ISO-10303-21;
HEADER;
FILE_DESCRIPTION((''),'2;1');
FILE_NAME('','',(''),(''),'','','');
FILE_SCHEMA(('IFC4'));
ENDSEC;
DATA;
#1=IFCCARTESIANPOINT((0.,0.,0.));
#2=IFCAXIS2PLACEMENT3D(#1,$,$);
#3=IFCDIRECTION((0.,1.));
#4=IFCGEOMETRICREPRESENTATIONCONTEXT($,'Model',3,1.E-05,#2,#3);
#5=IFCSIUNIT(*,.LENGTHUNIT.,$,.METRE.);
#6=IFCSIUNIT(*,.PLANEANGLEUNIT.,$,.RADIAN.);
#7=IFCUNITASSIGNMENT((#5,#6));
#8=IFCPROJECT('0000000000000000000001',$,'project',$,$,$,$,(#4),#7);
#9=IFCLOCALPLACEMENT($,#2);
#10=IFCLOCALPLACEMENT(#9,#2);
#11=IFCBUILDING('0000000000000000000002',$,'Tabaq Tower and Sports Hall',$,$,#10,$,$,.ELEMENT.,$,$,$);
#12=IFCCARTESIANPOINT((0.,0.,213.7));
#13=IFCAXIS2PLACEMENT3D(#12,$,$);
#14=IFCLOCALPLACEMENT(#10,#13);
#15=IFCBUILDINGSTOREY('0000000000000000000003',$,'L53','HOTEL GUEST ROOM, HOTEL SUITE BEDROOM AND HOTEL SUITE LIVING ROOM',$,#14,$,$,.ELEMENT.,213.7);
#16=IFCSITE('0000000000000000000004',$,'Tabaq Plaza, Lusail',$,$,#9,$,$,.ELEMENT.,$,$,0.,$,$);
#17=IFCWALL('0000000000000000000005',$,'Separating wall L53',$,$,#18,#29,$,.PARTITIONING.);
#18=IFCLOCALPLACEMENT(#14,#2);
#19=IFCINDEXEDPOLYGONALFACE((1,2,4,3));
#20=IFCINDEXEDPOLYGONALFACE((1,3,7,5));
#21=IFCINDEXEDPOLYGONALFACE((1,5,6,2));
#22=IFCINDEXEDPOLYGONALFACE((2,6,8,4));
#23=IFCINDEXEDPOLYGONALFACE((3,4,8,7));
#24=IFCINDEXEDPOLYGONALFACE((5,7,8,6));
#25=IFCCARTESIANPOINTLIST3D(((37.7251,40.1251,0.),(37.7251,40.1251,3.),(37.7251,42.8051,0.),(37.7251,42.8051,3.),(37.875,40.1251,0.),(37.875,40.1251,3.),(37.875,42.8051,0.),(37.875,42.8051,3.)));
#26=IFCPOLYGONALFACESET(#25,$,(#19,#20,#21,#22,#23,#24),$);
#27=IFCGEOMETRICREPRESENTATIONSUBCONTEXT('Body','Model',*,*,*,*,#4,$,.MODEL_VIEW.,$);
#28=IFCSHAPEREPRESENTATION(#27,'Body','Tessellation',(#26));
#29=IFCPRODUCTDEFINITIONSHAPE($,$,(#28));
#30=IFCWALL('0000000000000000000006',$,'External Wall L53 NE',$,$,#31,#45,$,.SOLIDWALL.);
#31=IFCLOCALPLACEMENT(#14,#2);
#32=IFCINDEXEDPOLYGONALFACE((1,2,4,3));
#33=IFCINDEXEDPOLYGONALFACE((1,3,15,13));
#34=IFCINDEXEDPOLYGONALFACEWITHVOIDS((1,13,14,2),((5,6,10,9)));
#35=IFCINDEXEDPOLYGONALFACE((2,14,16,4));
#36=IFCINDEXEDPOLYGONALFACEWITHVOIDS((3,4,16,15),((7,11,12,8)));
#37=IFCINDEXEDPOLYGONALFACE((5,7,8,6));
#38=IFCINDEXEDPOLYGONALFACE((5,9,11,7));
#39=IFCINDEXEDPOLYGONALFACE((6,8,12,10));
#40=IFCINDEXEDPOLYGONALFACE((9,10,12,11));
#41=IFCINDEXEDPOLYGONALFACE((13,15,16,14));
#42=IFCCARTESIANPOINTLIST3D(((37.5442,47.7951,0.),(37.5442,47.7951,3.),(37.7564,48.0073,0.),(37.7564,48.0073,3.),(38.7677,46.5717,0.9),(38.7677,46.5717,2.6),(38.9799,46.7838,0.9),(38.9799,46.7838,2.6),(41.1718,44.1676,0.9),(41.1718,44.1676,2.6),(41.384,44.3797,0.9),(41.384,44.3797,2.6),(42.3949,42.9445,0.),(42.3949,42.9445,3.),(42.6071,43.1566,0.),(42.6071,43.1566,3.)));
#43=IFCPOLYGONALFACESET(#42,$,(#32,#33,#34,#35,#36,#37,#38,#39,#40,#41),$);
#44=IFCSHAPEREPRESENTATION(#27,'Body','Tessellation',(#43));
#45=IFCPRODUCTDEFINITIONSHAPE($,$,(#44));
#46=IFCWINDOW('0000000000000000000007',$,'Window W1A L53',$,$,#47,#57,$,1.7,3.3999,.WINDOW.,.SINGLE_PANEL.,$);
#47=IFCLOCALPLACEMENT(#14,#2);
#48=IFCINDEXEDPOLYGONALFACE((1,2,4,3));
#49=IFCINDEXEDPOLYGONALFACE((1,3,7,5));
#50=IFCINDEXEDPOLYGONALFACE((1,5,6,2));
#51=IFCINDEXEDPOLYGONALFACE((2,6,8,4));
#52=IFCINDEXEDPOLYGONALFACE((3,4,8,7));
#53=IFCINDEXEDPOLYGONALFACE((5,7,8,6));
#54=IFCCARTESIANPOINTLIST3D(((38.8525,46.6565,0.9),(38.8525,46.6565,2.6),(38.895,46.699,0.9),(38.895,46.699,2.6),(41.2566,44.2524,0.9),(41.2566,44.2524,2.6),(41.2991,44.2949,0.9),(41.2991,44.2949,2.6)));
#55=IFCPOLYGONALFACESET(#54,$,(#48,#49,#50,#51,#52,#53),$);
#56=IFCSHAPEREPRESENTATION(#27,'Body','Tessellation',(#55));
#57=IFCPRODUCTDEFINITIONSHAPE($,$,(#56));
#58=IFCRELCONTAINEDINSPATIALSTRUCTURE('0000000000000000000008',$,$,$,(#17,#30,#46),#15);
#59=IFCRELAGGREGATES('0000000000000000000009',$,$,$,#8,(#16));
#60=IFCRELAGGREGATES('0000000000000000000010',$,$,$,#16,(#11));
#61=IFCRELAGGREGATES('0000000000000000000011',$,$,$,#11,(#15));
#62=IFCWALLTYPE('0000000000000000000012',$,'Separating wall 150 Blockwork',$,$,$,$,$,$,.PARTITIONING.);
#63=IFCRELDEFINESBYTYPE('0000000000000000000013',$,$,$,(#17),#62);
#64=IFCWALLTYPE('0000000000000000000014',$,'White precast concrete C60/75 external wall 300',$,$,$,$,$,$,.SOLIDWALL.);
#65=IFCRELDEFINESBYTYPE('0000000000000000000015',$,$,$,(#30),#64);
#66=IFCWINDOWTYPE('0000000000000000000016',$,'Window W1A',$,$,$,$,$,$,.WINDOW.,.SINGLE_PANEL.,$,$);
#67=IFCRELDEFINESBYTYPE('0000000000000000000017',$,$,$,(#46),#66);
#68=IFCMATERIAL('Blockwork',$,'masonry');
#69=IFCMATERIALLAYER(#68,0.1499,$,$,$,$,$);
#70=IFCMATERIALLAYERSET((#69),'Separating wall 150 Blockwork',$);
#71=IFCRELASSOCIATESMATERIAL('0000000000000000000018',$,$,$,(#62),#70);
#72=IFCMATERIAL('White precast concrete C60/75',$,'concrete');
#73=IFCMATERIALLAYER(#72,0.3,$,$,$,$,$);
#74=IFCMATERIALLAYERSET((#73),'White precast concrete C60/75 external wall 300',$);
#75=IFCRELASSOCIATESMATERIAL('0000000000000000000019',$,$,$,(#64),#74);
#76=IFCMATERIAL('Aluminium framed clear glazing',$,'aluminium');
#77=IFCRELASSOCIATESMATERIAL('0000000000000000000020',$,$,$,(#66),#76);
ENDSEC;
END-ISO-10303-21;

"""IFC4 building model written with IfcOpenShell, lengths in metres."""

from ifc_helpers import new_model, si_unit, direction, frame, frame_2d, origin, place, context, subcontext, project, spatial, rectangle, extrude, material, layer, layer_set, type_object, element, fill, save


model = new_model("IFC4")

# Units and contexts
model_context = context("Model", 3, precision=1e-05, world=origin(), true_north=direction((0.0, 1.0)))
body_context = subcontext(model_context, "Body", "Model", "MODEL_VIEW")
ifc_project = project(units=[si_unit("LENGTHUNIT", "METRE"), si_unit("PLANEANGLEUNIT", "RADIAN")], contexts=[model_context])

# Site, building, storey
site_placement = place(None, origin())
site = spatial("IfcSite", under=ifc_project, at=site_placement, Name="Tabaq Plaza, Lusail", CompositionType="ELEMENT", RefElevation=0.0)
building_placement = place(site_placement, origin())
building = spatial("IfcBuilding", under=site, at=building_placement, Name="Tabaq Tower and Sports Hall", CompositionType="ELEMENT")
storey_placement = place(building_placement, frame((0.0, 0.0, 213.7)))
storey = spatial("IfcBuildingStorey", under=building, at=storey_placement, Name="L53", Description="HOTEL GUEST ROOM, HOTEL SUITE BEDROOM AND HOTEL SUITE LIVING ROOM", CompositionType="ELEMENT", Elevation=213.7)

# Wall
ifc_material_1 = material(Name="Blockwork", Category="masonry")
ifc_layer_1 = layer(ifc_material_1, 0.1499)
ifc_layer_set_1 = layer_set([ifc_layer_1], Name="Separating wall 150 Blockwork")
wall_type_1 = type_object("IfcWallType", Name="Separating wall 150 Blockwork", PredefinedType="PARTITIONING", material=ifc_layer_set_1)
wall_1_placement = place(storey_placement, frame((37.8, 42.8049, 0.0), z_axis=(0.0, 0.0, 1.0), x_axis=(0.0, -1.0, 0.0)))
element("IfcWall", 1, at=wall_1_placement, inside=storey, type_object=wall_type_1, Name="Separating wall L53", PredefinedType="PARTITIONING", context=body_context, shape_type="SweptSolid", body=[
    extrude(rectangle(XDim=2.6799, YDim=0.1499, at=frame_2d((1.3398, 0.0))), origin(), (0.0, 0.0, 1.0), 3.0),
])

# Wall, opening, window
ifc_material_2 = material(Name="White precast concrete C60/75", Category="concrete")
ifc_layer_2 = layer(ifc_material_2, 0.3)
ifc_layer_set_2 = layer_set([ifc_layer_2], Name="White precast concrete C60/75 external wall 300")
wall_type_2 = type_object("IfcWallType", Name="White precast concrete C60/75 external wall 300", PredefinedType="SOLIDWALL", material=ifc_layer_set_2)
wall_2_placement = place(storey_placement, frame((42.501, 43.0505, 0.0), z_axis=(0.0, 0.0, 1.0), x_axis=(-0.707107, 0.707107, 0.0)))
wall_2 = element("IfcWall", 2, at=wall_2_placement, inside=storey, type_object=wall_type_2, Name="External Wall L53 NE", PredefinedType="SOLIDWALL", context=body_context, shape_type="SweptSolid", body=[
    extrude(rectangle(XDim=6.8599, YDim=0.3, at=frame_2d((3.4299, 0.0))), origin(), (0.0, 0.0, 1.0), 3.0),
])
opening_1_placement = place(wall_2_placement, frame((1.7297, 0.0, 0.8999)))
opening_1 = element("IfcOpeningElement", 3, at=opening_1_placement, cuts=wall_2, PredefinedType="OPENING", context=body_context, shape_type="SweptSolid", body=[
    extrude(rectangle(XDim=3.3999, YDim=1.7, at=frame_2d((1.7, 0.8501))), frame((0.0, 0.1602, 0.0), z_axis=(0.0, -1.0, 0.0), x_axis=(1.0, 0.0, 0.0)), (0.0, 0.0, 1.0), 0.3201),
])
ifc_material_3 = material(Name="Aluminium framed clear glazing", Category="aluminium")
window_type_1 = type_object("IfcWindowType", Name="Window W1A", PartitioningType="SINGLE_PANEL", PredefinedType="WINDOW", material=ifc_material_3)
window_1_placement = place(opening_1_placement, origin())
window_1 = element("IfcWindow", 4, at=window_1_placement, inside=storey, type_object=window_type_1, Name="Window W1A L53", OverallHeight=1.7, OverallWidth=3.3999, PartitioningType="SINGLE_PANEL", PredefinedType="WINDOW", context=body_context, shape_type="SweptSolid", body=[
    extrude(rectangle(XDim=3.3999, YDim=1.7, at=frame_2d((1.7, 0.8501))), frame((0.0, 0.03, 0.0), z_axis=(0.0, -1.0, 0.0), x_axis=(1.0, 0.0, 0.0)), (0.0, 0.0, 1.0), 0.0601),
])
fill(opening_1, window_1)

save(model, "model.ifc")
